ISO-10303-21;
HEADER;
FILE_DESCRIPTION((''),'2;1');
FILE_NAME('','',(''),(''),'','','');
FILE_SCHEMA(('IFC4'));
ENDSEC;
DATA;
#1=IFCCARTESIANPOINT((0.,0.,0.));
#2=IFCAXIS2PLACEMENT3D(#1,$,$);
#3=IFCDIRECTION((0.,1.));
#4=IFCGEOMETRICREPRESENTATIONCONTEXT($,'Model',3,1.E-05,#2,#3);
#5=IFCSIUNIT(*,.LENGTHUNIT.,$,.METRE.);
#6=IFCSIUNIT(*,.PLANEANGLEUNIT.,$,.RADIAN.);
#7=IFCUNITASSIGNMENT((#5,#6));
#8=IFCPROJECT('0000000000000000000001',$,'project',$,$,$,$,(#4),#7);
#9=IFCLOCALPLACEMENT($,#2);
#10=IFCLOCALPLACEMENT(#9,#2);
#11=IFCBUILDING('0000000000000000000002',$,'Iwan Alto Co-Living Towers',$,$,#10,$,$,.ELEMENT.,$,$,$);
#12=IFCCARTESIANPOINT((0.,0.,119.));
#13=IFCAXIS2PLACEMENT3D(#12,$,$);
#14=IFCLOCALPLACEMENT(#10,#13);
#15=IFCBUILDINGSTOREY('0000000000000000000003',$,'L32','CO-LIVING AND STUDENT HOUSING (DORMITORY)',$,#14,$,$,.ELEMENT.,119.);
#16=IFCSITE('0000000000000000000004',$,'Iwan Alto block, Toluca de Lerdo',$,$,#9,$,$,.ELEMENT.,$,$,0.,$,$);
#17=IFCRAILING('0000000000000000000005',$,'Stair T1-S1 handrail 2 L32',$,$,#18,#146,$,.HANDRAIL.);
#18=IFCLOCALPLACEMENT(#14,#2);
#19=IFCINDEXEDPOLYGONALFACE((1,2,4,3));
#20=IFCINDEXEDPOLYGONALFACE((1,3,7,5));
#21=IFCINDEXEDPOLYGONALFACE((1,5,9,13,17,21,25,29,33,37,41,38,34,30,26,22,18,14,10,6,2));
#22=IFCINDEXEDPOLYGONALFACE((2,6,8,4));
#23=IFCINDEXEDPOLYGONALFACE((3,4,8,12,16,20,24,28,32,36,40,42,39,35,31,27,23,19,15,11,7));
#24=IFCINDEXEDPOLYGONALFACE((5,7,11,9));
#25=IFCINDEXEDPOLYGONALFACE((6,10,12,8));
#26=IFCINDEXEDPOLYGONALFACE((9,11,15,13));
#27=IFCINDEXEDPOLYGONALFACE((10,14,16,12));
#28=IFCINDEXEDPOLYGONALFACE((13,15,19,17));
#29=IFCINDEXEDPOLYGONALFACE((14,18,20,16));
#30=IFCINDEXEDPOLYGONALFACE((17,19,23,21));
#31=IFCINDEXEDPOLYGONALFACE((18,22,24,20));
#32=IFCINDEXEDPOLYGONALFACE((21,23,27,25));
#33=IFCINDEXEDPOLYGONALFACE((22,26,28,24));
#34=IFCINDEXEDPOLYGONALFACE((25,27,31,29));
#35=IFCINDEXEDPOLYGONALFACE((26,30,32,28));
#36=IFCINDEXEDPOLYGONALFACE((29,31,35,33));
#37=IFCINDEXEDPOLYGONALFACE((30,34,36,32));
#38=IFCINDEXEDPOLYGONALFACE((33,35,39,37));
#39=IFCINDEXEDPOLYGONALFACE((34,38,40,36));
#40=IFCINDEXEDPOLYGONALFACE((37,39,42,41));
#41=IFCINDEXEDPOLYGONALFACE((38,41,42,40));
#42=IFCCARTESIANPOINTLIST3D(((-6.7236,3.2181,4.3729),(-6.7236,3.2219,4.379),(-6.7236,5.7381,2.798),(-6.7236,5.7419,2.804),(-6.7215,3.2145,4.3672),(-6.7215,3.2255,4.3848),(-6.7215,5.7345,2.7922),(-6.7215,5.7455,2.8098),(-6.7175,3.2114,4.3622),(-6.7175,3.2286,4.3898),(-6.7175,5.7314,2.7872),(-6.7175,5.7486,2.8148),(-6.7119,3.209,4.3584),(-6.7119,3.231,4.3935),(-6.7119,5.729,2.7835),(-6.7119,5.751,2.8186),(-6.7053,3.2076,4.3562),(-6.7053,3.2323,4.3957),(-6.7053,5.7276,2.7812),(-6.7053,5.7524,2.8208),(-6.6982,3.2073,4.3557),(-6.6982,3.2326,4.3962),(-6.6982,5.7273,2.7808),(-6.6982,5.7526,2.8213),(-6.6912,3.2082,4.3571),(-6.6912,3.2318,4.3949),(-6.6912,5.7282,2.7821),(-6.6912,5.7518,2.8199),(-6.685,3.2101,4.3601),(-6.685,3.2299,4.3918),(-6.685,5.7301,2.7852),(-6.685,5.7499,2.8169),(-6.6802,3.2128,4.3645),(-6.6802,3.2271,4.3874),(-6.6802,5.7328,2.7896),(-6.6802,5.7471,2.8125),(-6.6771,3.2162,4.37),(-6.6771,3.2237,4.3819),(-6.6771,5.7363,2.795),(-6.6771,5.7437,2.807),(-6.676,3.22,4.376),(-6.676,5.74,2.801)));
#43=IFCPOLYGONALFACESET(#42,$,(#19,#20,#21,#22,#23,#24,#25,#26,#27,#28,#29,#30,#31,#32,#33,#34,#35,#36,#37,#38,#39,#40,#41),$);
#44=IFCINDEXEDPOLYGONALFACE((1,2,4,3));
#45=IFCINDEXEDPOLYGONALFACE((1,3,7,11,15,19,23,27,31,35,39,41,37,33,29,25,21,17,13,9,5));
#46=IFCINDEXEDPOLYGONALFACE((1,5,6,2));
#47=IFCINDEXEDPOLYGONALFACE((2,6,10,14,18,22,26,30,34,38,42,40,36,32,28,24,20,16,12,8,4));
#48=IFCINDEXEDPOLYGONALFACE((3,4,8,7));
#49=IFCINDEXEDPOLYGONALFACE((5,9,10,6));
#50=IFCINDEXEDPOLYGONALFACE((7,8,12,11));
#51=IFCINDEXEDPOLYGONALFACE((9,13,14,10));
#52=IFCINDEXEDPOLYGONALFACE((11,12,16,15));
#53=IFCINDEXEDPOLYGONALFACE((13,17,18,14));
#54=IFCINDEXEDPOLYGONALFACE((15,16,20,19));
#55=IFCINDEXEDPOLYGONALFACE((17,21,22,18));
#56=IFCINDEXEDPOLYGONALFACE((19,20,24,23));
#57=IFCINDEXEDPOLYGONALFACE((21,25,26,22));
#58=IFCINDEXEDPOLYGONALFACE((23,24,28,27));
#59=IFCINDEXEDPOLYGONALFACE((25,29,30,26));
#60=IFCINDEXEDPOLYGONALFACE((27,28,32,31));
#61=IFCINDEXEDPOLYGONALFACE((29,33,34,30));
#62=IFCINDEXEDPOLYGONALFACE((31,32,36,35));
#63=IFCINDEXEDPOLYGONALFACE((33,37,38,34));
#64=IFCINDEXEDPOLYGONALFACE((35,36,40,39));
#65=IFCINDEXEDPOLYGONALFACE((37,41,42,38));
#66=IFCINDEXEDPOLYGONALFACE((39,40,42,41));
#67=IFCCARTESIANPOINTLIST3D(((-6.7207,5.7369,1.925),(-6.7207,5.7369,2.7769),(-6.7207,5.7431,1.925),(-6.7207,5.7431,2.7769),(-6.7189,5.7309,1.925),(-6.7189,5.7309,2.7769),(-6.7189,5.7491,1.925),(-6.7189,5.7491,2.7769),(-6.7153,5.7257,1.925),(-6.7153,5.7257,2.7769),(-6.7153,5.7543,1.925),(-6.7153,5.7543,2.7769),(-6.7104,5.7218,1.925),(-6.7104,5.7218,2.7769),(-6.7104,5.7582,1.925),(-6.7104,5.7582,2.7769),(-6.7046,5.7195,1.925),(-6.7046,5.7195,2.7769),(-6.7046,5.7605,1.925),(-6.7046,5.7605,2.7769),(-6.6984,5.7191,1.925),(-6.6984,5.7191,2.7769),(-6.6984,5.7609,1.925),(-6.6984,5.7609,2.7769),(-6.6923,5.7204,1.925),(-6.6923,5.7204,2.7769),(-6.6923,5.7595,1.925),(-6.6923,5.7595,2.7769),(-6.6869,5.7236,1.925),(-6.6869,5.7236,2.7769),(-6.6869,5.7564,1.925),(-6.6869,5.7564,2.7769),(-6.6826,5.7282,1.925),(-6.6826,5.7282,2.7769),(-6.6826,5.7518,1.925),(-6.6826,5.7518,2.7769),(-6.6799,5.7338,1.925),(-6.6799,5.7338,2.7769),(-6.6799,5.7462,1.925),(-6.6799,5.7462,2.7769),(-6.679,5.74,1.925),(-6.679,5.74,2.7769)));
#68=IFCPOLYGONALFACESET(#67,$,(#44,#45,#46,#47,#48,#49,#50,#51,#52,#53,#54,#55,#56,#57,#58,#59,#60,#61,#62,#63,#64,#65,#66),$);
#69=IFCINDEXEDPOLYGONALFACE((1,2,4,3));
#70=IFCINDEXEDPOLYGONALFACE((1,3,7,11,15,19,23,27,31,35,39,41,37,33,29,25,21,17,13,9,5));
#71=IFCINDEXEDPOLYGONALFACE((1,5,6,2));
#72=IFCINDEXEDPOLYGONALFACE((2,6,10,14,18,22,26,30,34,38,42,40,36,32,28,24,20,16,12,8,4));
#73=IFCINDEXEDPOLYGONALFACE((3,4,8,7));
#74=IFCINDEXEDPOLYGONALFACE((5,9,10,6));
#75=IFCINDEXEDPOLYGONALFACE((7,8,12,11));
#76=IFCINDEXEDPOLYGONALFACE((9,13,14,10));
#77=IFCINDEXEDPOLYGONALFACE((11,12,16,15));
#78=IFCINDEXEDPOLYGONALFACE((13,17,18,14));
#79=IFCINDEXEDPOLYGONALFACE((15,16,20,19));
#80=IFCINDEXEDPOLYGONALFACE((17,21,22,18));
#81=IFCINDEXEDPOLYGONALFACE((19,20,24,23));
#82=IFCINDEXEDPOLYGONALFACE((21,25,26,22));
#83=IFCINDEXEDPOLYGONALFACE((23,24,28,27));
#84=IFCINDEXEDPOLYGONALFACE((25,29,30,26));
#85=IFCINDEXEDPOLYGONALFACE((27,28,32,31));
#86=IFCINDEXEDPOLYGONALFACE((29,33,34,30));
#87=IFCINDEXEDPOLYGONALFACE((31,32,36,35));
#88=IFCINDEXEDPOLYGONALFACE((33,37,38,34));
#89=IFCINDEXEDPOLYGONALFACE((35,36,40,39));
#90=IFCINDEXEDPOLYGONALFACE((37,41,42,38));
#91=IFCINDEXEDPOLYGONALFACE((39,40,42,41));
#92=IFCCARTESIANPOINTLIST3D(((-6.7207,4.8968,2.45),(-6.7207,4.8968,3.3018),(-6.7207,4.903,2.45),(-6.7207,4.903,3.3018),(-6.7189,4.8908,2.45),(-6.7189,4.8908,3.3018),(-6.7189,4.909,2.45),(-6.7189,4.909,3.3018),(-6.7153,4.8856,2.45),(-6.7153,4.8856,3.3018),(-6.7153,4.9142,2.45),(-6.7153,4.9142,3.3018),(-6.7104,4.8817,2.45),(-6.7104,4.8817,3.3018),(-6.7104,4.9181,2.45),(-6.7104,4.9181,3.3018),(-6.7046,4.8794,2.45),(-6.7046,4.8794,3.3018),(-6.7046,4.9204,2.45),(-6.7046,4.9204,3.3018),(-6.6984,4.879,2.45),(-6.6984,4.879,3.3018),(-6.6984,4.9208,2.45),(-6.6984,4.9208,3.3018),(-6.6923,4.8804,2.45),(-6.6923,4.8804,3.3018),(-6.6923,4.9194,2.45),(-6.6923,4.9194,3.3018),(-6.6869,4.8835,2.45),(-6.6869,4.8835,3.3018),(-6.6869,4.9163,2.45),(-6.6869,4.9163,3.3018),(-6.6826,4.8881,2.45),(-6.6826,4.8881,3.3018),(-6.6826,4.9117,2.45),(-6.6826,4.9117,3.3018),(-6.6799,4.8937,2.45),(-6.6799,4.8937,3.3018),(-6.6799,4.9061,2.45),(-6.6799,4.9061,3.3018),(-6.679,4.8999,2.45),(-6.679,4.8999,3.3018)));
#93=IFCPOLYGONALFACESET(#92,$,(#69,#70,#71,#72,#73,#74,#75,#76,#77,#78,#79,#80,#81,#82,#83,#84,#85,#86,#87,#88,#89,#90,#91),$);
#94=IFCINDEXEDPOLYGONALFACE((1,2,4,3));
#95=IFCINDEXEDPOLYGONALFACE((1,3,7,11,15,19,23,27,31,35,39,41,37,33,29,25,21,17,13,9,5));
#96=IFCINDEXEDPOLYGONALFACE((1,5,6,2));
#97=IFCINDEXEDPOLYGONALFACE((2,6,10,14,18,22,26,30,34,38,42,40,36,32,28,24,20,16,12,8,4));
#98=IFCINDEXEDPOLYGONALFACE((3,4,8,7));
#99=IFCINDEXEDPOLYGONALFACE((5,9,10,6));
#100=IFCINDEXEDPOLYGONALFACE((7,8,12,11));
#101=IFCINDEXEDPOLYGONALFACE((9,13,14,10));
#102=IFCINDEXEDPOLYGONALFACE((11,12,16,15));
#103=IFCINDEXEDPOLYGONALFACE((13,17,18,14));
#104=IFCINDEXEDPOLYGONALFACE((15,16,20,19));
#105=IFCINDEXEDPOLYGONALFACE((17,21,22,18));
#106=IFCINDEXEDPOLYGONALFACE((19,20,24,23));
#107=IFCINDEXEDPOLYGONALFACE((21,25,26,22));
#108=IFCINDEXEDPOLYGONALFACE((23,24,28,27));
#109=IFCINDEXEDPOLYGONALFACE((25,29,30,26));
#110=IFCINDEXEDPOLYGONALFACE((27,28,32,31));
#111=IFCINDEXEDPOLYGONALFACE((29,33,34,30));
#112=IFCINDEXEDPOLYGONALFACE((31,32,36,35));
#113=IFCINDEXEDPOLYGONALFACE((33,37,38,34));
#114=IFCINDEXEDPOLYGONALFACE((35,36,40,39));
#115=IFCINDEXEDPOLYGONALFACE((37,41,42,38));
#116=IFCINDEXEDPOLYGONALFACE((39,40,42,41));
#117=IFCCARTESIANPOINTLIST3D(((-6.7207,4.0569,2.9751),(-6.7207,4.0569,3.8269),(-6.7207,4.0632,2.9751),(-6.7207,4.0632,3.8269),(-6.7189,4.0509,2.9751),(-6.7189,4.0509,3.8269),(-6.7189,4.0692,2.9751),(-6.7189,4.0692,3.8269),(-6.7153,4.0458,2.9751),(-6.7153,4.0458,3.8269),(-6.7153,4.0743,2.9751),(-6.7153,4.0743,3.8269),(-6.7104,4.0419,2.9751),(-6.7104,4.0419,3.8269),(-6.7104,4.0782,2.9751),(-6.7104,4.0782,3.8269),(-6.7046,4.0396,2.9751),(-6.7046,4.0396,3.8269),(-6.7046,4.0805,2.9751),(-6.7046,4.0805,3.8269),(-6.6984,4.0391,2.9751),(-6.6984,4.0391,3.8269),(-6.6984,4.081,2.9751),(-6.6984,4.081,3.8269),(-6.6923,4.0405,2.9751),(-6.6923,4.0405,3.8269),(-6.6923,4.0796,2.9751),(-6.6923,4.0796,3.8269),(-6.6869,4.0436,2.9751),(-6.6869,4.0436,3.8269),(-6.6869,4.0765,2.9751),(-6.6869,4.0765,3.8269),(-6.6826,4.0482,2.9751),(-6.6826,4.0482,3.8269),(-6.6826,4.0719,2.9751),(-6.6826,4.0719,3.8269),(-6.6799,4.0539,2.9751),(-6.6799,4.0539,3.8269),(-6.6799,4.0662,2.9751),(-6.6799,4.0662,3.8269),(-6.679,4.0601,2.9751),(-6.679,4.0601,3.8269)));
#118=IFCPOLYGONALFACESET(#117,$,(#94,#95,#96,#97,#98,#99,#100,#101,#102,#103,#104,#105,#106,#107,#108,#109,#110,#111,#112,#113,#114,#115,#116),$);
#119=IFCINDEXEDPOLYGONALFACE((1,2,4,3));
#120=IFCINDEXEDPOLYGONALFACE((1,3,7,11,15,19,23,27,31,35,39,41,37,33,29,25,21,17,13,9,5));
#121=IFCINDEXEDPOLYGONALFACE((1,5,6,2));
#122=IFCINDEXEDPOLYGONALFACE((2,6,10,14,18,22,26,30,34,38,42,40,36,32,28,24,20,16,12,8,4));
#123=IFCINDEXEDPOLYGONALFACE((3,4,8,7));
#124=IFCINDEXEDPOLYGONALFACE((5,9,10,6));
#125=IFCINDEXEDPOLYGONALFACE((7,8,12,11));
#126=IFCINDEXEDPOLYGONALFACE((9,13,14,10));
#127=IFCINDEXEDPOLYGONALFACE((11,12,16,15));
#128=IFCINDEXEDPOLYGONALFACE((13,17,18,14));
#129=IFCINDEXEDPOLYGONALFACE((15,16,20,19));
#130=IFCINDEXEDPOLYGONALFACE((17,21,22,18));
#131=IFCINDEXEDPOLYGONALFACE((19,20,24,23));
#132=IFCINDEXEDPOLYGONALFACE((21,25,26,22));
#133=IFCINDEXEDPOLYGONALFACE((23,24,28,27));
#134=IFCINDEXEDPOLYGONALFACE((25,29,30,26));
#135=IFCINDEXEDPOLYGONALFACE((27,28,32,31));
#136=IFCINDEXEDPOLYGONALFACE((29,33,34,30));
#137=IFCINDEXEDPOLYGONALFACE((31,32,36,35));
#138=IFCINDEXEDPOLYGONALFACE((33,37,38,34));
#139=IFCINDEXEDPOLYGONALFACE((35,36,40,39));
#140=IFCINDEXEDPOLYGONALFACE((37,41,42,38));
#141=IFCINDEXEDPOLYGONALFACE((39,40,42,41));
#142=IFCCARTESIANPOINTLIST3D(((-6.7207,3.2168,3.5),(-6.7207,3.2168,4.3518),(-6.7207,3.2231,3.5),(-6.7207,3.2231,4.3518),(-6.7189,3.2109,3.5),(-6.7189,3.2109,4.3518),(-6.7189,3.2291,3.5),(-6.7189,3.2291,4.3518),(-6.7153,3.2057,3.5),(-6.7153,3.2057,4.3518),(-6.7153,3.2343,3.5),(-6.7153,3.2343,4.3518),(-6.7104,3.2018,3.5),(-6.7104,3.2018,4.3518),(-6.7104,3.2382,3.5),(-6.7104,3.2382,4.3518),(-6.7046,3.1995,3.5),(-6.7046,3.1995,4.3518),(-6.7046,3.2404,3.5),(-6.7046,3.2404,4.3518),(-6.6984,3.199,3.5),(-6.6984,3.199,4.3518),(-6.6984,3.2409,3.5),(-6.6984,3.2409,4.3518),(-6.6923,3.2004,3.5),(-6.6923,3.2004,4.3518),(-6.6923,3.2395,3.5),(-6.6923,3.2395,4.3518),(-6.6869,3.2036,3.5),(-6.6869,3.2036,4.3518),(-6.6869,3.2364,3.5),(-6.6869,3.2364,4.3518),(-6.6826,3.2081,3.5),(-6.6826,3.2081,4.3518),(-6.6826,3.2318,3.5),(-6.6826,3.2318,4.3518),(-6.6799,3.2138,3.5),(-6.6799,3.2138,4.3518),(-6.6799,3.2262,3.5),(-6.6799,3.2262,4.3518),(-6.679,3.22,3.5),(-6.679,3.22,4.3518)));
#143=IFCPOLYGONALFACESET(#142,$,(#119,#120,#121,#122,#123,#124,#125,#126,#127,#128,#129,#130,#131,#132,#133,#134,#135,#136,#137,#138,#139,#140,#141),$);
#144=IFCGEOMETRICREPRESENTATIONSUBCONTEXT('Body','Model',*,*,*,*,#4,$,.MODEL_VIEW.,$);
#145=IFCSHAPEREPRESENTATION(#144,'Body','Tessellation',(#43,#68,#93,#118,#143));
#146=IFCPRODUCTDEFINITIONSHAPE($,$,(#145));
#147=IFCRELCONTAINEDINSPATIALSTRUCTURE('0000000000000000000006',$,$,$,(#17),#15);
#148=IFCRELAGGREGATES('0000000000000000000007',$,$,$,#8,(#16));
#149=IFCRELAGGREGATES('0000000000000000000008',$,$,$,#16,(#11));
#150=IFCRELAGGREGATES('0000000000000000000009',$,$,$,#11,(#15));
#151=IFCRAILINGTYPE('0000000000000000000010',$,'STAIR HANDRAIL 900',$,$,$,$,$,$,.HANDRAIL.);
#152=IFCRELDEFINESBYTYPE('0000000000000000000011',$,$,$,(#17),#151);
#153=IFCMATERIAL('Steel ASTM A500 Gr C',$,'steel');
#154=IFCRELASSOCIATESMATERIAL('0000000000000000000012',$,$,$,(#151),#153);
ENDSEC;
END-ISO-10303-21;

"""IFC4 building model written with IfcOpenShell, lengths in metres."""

from ifc_helpers import new_model, si_unit, direction, frame, origin, origin_2d, place, context, subcontext, project, spatial, circle, extrude, material, type_object, element, save


model = new_model("IFC4")

# Units and contexts
model_context = context("Model", 3, precision=1e-05, world=origin(), true_north=direction((0.0, 1.0)))
body_context = subcontext(model_context, "Body", "Model", "MODEL_VIEW")
ifc_project = project(units=[si_unit("LENGTHUNIT", "METRE"), si_unit("PLANEANGLEUNIT", "RADIAN")], contexts=[model_context])

# Site, building, storey
site_placement = place(None, origin())
site = spatial("IfcSite", under=ifc_project, at=site_placement, Name="Iwan Alto block, Toluca de Lerdo", CompositionType="ELEMENT", RefElevation=0.0)
building_placement = place(site_placement, origin())
building = spatial("IfcBuilding", under=site, at=building_placement, Name="Iwan Alto Co-Living Towers", CompositionType="ELEMENT")
storey_placement = place(building_placement, frame((0.0, 0.0, 119.0)))
storey = spatial("IfcBuildingStorey", under=building, at=storey_placement, Name="L32", Description="CO-LIVING AND STUDENT HOUSING (DORMITORY)", CompositionType="ELEMENT", Elevation=119.0)

# Railing
ifc_material_1 = material(Name="Steel ASTM A500 Gr C", Category="steel")
railing_type_1 = type_object("IfcRailingType", Name="STAIR HANDRAIL 900", PredefinedType="HANDRAIL", material=ifc_material_1)
railing_1_placement = place(storey_placement, frame((-6.7, 5.74, 1.925)))
element("IfcRailing", 1, at=railing_1_placement, inside=storey, type_object=railing_type_1, Name="Stair T1-S1 handrail 2 L32", PredefinedType="HANDRAIL", context=body_context, shape_type="SweptSolid", body=[
    extrude(circle(Radius=0.0239, at=origin_2d()), frame((0.0, 0.0, 0.876), z_axis=(0.0, -0.848008, 0.529984), x_axis=(1.0, 0.0, 0.0)), (0.0, 0.0, 1.0), 2.9717),
    extrude(circle(Radius=0.021, at=origin_2d()), origin(), (0.0, 0.0, 1.0), 0.8518),
    extrude(circle(Radius=0.021, at=origin_2d()), frame((0.0, -0.8401, 0.5249)), (0.0, 0.0, 1.0), 0.8518),
    extrude(circle(Radius=0.021, at=origin_2d()), frame((0.0, -1.6799, 1.05)), (0.0, 0.0, 1.0), 0.8518),
    extrude(circle(Radius=0.021, at=origin_2d()), frame((0.0, -2.52, 1.575)), (0.0, 0.0, 1.0), 0.8518),
])

save(model, "model.ifc")
